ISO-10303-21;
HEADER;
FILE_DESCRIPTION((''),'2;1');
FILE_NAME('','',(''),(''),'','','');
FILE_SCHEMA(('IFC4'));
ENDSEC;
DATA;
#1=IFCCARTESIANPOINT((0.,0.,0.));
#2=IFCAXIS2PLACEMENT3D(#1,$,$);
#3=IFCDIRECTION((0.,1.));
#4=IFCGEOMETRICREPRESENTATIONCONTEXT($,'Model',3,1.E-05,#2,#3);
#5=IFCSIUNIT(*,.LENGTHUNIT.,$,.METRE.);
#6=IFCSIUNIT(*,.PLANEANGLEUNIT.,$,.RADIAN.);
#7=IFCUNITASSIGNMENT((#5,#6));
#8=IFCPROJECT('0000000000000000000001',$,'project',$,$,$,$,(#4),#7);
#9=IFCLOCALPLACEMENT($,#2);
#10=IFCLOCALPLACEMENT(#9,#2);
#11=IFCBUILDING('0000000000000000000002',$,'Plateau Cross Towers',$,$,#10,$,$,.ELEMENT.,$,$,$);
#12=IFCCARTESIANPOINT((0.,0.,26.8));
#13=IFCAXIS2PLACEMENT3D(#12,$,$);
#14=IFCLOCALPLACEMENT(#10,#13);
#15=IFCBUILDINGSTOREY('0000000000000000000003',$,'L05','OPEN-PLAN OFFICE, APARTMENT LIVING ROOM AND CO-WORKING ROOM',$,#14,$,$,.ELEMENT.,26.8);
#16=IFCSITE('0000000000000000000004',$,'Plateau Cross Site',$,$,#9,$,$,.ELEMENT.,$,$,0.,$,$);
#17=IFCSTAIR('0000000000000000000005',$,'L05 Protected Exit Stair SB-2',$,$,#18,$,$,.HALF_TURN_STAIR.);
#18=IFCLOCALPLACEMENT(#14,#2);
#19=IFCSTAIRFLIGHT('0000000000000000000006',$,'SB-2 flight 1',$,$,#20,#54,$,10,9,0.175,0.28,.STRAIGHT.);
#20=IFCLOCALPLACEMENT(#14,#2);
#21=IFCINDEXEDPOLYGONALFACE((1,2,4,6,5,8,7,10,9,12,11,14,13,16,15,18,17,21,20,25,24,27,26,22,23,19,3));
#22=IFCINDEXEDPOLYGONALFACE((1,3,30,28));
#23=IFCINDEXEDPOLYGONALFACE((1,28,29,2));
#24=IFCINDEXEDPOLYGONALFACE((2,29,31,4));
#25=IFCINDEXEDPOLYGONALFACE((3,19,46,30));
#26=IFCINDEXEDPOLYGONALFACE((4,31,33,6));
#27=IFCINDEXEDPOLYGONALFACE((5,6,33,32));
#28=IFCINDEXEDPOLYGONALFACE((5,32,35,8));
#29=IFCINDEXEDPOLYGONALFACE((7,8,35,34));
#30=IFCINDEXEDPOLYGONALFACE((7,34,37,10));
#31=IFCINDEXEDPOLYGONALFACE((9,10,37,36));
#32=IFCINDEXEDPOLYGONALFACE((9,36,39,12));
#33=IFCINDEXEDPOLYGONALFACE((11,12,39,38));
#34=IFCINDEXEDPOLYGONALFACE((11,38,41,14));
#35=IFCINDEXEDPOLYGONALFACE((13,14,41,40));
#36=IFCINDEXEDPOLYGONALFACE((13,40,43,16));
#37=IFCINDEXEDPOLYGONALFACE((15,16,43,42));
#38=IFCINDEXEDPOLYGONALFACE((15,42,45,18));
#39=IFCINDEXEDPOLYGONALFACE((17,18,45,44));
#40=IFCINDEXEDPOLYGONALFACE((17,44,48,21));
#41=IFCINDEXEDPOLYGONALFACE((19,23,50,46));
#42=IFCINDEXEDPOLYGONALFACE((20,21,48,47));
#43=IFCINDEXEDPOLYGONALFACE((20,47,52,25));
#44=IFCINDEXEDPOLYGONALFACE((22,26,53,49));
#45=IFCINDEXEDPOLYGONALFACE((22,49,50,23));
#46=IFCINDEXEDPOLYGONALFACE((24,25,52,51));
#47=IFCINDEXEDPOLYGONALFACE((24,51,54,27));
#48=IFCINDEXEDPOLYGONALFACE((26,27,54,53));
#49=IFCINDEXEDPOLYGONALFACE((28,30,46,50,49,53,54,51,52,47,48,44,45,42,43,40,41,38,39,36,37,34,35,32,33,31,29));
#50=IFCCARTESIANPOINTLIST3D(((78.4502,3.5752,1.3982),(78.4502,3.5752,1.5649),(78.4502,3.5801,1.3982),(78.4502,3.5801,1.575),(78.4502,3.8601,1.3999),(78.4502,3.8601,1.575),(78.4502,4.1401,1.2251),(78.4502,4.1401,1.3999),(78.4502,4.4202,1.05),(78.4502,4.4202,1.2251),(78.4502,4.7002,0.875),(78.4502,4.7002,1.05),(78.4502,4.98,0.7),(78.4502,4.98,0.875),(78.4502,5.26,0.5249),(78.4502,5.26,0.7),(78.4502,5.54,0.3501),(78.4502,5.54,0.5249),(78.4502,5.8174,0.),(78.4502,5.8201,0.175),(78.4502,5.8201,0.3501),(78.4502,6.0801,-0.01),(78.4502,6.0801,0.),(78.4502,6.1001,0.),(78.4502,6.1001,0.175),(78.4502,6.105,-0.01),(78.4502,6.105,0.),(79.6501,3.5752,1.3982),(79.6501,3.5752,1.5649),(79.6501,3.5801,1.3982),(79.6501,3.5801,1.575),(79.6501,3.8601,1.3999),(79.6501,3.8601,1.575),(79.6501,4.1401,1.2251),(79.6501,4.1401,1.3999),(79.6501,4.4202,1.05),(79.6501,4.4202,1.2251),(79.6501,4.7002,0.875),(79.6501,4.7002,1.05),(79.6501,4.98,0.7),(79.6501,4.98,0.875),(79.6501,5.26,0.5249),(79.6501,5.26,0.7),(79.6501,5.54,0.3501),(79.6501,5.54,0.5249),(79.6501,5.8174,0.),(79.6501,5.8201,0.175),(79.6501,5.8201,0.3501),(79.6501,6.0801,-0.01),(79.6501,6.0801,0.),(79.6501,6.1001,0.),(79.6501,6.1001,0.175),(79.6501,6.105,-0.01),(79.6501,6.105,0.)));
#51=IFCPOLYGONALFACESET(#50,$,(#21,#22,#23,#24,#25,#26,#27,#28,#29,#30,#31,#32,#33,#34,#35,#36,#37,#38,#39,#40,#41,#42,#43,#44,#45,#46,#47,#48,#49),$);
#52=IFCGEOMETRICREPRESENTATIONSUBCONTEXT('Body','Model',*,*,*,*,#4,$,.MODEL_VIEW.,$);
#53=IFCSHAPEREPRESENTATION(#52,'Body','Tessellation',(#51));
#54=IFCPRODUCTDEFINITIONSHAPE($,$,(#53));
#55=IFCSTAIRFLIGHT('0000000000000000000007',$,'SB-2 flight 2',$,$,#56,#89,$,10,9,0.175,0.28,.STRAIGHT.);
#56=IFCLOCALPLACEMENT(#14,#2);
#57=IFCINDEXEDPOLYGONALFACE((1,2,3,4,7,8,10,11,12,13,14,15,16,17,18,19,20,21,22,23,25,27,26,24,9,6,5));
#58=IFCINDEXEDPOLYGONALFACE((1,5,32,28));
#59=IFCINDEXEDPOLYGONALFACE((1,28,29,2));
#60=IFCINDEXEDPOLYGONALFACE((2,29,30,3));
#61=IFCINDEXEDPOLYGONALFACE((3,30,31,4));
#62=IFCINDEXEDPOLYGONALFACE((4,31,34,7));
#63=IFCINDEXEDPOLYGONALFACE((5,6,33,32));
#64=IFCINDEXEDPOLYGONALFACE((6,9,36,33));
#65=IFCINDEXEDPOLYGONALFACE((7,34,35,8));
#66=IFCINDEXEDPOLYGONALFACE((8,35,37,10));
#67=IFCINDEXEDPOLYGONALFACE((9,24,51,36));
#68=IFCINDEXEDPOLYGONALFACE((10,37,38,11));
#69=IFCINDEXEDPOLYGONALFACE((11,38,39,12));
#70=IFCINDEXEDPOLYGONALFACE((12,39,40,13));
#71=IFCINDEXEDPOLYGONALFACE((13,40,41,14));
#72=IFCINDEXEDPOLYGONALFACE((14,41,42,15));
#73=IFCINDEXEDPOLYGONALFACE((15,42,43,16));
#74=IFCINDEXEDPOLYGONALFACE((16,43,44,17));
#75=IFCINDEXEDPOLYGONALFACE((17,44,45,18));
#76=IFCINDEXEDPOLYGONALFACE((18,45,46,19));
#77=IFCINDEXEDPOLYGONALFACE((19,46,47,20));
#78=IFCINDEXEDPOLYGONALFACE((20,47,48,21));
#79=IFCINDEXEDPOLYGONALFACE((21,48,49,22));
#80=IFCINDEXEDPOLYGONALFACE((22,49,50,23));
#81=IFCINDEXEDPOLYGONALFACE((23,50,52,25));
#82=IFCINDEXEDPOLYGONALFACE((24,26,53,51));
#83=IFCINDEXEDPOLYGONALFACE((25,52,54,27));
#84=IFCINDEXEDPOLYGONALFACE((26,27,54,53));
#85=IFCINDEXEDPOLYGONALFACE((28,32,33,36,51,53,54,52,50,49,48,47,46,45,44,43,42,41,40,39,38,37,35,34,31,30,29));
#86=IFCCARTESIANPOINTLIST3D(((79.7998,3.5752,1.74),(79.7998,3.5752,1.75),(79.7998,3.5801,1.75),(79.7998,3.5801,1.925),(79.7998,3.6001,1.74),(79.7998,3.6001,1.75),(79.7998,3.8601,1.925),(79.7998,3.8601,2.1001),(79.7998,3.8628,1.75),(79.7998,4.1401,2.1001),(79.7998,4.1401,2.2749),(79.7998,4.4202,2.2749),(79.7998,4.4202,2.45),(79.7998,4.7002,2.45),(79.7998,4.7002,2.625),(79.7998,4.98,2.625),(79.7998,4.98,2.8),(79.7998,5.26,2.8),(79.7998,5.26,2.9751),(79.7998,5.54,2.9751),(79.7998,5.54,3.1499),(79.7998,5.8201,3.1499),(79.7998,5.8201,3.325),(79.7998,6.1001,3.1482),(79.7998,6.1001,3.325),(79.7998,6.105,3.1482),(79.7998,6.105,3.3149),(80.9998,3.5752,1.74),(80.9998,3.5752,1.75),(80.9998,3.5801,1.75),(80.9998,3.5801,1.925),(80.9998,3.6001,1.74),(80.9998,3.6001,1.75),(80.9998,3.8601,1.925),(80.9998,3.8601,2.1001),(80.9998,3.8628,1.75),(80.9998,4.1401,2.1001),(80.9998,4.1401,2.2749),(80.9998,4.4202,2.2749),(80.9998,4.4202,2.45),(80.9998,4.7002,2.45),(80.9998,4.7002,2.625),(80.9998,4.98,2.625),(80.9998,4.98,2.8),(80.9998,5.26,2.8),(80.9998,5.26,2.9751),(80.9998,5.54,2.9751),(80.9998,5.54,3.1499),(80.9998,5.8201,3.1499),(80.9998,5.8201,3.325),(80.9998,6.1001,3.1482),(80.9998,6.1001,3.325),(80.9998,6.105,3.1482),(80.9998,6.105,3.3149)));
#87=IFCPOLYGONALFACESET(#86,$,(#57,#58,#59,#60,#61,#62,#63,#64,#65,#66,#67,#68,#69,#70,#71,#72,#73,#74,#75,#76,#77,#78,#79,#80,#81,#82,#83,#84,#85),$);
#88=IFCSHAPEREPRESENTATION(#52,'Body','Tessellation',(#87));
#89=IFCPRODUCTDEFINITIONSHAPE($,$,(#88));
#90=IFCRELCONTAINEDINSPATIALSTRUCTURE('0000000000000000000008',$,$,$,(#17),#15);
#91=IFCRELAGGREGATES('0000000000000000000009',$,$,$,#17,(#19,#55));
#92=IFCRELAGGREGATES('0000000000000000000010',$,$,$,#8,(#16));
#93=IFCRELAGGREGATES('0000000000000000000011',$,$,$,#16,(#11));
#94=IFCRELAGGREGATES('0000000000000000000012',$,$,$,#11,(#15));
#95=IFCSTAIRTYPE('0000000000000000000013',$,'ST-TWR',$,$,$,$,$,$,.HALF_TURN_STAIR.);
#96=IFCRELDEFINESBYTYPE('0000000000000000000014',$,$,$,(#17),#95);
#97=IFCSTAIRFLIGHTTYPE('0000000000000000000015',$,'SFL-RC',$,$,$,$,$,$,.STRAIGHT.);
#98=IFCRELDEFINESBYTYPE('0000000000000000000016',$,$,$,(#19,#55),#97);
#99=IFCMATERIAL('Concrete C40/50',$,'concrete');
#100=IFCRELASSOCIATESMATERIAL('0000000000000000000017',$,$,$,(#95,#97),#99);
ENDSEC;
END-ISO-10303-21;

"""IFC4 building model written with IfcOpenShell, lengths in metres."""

from ifc_helpers import new_model, si_unit, direction, frame, origin, place, context, subcontext, project, spatial, polyline, outline, extrude, material, type_object, element, aggregate, save


model = new_model("IFC4")

# Units and contexts
model_context = context("Model", 3, precision=1e-05, world=origin(), true_north=direction((0.0, 1.0)))
body_context = subcontext(model_context, "Body", "Model", "MODEL_VIEW")
ifc_project = project(units=[si_unit("LENGTHUNIT", "METRE"), si_unit("PLANEANGLEUNIT", "RADIAN")], contexts=[model_context])

# Site, building, storey
site_placement = place(None, origin())
site = spatial("IfcSite", under=ifc_project, at=site_placement, Name="Plateau Cross Site", CompositionType="ELEMENT", RefElevation=0.0)
building_placement = place(site_placement, origin())
building = spatial("IfcBuilding", under=site, at=building_placement, Name="Plateau Cross Towers", CompositionType="ELEMENT")
storey_placement = place(building_placement, frame((0.0, 0.0, 26.8)))
storey = spatial("IfcBuildingStorey", under=building, at=storey_placement, Name="L05", Description="OPEN-PLAN OFFICE, APARTMENT LIVING ROOM AND CO-WORKING ROOM", CompositionType="ELEMENT", Elevation=26.8)

# Stair, stair flights
ifc_material_1 = material(Name="Concrete C40/50", Category="concrete")
stair_type = type_object("IfcStairType", Name="ST-TWR", PredefinedType="HALF_TURN_STAIR", material=ifc_material_1)
stair_flight_type = type_object("IfcStairFlightType", Name="SFL-RC", PredefinedType="STRAIGHT", material=ifc_material_1)
stair_1_placement = place(storey_placement, origin())
stair_1 = element("IfcStair", 1, at=stair_1_placement, inside=storey, type_object=stair_type, Name="L05 Protected Exit Stair SB-2", PredefinedType="HALF_TURN_STAIR")
stair_flight_1_placement = place(storey_placement, frame((79.05, 6.1001, 0.0), z_axis=(0.0, 0.0, 1.0), x_axis=(0.0, -1.0, 0.0)))
stair_flight_1 = element("IfcStairFlight", 2, at=stair_flight_1_placement, type_object=stair_flight_type, Name="SB-2 flight 1", NumberOfRisers=10, NumberOfTreads=9, PredefinedType="STRAIGHT", RiserHeight=0.175, TreadLength=0.28, context=body_context, shape_type="SweptSolid", body=[
    extrude(outline(polyline([(-0.0049, -0.01), (-0.0049, 0.0), (0.0, 0.0), (0.0, 0.175), (0.28, 0.175), (0.28, 0.3501), (0.5601, 0.3501), (0.5601, 0.5249), (0.8401, 0.5249), (0.8401, 0.7), (1.1201, 0.7), (1.1201, 0.875), (1.3999, 0.875), (1.3999, 1.05), (1.6799, 1.05), (1.6799, 1.2251), (1.96, 1.2251), (1.96, 1.3999), (2.24, 1.3999), (2.24, 1.575), (2.52, 1.575), (2.5249, 1.5649), (2.5249, 1.3982), (2.52, 1.3982), (0.2827, 0.0), (0.02, 0.0), (0.02, -0.01), (-0.0049, -0.01)])), frame((0.0, 0.6001, 0.0), z_axis=(0.0, -1.0, 0.0), x_axis=(1.0, 0.0, 0.0)), (0.0, 0.0, 1.0), 1.2),
])
stair_flight_2_placement = place(storey_placement, frame((80.3999, 3.5801, 1.75), z_axis=(0.0, 0.0, 1.0), x_axis=(0.0, 1.0, 0.0)))
stair_flight_2 = element("IfcStairFlight", 3, at=stair_flight_2_placement, type_object=stair_flight_type, Name="SB-2 flight 2", NumberOfRisers=10, NumberOfTreads=9, PredefinedType="STRAIGHT", RiserHeight=0.175, TreadLength=0.28, context=body_context, shape_type="SweptSolid", body=[
    extrude(outline(polyline([(-0.0049, -0.01), (-0.0049, 0.0), (0.0, 0.0), (0.0, 0.175), (0.28, 0.175), (0.28, 0.3501), (0.5601, 0.3501), (0.5601, 0.5249), (0.8401, 0.5249), (0.8401, 0.7), (1.1201, 0.7), (1.1201, 0.875), (1.3999, 0.875), (1.3999, 1.05), (1.6799, 1.05), (1.6799, 1.2251), (1.96, 1.2251), (1.96, 1.3999), (2.24, 1.3999), (2.24, 1.575), (2.52, 1.575), (2.5249, 1.5649), (2.5249, 1.3982), (2.52, 1.3982), (0.2827, 0.0), (0.02, 0.0), (0.02, -0.01), (-0.0049, -0.01)])), frame((0.0, 0.6001, 0.0), z_axis=(0.0, -1.0, 0.0), x_axis=(1.0, 0.0, 0.0)), (0.0, 0.0, 1.0), 1.2),
])
aggregate(stair_1, [stair_flight_1, stair_flight_2])

save(model, "model.ifc")
